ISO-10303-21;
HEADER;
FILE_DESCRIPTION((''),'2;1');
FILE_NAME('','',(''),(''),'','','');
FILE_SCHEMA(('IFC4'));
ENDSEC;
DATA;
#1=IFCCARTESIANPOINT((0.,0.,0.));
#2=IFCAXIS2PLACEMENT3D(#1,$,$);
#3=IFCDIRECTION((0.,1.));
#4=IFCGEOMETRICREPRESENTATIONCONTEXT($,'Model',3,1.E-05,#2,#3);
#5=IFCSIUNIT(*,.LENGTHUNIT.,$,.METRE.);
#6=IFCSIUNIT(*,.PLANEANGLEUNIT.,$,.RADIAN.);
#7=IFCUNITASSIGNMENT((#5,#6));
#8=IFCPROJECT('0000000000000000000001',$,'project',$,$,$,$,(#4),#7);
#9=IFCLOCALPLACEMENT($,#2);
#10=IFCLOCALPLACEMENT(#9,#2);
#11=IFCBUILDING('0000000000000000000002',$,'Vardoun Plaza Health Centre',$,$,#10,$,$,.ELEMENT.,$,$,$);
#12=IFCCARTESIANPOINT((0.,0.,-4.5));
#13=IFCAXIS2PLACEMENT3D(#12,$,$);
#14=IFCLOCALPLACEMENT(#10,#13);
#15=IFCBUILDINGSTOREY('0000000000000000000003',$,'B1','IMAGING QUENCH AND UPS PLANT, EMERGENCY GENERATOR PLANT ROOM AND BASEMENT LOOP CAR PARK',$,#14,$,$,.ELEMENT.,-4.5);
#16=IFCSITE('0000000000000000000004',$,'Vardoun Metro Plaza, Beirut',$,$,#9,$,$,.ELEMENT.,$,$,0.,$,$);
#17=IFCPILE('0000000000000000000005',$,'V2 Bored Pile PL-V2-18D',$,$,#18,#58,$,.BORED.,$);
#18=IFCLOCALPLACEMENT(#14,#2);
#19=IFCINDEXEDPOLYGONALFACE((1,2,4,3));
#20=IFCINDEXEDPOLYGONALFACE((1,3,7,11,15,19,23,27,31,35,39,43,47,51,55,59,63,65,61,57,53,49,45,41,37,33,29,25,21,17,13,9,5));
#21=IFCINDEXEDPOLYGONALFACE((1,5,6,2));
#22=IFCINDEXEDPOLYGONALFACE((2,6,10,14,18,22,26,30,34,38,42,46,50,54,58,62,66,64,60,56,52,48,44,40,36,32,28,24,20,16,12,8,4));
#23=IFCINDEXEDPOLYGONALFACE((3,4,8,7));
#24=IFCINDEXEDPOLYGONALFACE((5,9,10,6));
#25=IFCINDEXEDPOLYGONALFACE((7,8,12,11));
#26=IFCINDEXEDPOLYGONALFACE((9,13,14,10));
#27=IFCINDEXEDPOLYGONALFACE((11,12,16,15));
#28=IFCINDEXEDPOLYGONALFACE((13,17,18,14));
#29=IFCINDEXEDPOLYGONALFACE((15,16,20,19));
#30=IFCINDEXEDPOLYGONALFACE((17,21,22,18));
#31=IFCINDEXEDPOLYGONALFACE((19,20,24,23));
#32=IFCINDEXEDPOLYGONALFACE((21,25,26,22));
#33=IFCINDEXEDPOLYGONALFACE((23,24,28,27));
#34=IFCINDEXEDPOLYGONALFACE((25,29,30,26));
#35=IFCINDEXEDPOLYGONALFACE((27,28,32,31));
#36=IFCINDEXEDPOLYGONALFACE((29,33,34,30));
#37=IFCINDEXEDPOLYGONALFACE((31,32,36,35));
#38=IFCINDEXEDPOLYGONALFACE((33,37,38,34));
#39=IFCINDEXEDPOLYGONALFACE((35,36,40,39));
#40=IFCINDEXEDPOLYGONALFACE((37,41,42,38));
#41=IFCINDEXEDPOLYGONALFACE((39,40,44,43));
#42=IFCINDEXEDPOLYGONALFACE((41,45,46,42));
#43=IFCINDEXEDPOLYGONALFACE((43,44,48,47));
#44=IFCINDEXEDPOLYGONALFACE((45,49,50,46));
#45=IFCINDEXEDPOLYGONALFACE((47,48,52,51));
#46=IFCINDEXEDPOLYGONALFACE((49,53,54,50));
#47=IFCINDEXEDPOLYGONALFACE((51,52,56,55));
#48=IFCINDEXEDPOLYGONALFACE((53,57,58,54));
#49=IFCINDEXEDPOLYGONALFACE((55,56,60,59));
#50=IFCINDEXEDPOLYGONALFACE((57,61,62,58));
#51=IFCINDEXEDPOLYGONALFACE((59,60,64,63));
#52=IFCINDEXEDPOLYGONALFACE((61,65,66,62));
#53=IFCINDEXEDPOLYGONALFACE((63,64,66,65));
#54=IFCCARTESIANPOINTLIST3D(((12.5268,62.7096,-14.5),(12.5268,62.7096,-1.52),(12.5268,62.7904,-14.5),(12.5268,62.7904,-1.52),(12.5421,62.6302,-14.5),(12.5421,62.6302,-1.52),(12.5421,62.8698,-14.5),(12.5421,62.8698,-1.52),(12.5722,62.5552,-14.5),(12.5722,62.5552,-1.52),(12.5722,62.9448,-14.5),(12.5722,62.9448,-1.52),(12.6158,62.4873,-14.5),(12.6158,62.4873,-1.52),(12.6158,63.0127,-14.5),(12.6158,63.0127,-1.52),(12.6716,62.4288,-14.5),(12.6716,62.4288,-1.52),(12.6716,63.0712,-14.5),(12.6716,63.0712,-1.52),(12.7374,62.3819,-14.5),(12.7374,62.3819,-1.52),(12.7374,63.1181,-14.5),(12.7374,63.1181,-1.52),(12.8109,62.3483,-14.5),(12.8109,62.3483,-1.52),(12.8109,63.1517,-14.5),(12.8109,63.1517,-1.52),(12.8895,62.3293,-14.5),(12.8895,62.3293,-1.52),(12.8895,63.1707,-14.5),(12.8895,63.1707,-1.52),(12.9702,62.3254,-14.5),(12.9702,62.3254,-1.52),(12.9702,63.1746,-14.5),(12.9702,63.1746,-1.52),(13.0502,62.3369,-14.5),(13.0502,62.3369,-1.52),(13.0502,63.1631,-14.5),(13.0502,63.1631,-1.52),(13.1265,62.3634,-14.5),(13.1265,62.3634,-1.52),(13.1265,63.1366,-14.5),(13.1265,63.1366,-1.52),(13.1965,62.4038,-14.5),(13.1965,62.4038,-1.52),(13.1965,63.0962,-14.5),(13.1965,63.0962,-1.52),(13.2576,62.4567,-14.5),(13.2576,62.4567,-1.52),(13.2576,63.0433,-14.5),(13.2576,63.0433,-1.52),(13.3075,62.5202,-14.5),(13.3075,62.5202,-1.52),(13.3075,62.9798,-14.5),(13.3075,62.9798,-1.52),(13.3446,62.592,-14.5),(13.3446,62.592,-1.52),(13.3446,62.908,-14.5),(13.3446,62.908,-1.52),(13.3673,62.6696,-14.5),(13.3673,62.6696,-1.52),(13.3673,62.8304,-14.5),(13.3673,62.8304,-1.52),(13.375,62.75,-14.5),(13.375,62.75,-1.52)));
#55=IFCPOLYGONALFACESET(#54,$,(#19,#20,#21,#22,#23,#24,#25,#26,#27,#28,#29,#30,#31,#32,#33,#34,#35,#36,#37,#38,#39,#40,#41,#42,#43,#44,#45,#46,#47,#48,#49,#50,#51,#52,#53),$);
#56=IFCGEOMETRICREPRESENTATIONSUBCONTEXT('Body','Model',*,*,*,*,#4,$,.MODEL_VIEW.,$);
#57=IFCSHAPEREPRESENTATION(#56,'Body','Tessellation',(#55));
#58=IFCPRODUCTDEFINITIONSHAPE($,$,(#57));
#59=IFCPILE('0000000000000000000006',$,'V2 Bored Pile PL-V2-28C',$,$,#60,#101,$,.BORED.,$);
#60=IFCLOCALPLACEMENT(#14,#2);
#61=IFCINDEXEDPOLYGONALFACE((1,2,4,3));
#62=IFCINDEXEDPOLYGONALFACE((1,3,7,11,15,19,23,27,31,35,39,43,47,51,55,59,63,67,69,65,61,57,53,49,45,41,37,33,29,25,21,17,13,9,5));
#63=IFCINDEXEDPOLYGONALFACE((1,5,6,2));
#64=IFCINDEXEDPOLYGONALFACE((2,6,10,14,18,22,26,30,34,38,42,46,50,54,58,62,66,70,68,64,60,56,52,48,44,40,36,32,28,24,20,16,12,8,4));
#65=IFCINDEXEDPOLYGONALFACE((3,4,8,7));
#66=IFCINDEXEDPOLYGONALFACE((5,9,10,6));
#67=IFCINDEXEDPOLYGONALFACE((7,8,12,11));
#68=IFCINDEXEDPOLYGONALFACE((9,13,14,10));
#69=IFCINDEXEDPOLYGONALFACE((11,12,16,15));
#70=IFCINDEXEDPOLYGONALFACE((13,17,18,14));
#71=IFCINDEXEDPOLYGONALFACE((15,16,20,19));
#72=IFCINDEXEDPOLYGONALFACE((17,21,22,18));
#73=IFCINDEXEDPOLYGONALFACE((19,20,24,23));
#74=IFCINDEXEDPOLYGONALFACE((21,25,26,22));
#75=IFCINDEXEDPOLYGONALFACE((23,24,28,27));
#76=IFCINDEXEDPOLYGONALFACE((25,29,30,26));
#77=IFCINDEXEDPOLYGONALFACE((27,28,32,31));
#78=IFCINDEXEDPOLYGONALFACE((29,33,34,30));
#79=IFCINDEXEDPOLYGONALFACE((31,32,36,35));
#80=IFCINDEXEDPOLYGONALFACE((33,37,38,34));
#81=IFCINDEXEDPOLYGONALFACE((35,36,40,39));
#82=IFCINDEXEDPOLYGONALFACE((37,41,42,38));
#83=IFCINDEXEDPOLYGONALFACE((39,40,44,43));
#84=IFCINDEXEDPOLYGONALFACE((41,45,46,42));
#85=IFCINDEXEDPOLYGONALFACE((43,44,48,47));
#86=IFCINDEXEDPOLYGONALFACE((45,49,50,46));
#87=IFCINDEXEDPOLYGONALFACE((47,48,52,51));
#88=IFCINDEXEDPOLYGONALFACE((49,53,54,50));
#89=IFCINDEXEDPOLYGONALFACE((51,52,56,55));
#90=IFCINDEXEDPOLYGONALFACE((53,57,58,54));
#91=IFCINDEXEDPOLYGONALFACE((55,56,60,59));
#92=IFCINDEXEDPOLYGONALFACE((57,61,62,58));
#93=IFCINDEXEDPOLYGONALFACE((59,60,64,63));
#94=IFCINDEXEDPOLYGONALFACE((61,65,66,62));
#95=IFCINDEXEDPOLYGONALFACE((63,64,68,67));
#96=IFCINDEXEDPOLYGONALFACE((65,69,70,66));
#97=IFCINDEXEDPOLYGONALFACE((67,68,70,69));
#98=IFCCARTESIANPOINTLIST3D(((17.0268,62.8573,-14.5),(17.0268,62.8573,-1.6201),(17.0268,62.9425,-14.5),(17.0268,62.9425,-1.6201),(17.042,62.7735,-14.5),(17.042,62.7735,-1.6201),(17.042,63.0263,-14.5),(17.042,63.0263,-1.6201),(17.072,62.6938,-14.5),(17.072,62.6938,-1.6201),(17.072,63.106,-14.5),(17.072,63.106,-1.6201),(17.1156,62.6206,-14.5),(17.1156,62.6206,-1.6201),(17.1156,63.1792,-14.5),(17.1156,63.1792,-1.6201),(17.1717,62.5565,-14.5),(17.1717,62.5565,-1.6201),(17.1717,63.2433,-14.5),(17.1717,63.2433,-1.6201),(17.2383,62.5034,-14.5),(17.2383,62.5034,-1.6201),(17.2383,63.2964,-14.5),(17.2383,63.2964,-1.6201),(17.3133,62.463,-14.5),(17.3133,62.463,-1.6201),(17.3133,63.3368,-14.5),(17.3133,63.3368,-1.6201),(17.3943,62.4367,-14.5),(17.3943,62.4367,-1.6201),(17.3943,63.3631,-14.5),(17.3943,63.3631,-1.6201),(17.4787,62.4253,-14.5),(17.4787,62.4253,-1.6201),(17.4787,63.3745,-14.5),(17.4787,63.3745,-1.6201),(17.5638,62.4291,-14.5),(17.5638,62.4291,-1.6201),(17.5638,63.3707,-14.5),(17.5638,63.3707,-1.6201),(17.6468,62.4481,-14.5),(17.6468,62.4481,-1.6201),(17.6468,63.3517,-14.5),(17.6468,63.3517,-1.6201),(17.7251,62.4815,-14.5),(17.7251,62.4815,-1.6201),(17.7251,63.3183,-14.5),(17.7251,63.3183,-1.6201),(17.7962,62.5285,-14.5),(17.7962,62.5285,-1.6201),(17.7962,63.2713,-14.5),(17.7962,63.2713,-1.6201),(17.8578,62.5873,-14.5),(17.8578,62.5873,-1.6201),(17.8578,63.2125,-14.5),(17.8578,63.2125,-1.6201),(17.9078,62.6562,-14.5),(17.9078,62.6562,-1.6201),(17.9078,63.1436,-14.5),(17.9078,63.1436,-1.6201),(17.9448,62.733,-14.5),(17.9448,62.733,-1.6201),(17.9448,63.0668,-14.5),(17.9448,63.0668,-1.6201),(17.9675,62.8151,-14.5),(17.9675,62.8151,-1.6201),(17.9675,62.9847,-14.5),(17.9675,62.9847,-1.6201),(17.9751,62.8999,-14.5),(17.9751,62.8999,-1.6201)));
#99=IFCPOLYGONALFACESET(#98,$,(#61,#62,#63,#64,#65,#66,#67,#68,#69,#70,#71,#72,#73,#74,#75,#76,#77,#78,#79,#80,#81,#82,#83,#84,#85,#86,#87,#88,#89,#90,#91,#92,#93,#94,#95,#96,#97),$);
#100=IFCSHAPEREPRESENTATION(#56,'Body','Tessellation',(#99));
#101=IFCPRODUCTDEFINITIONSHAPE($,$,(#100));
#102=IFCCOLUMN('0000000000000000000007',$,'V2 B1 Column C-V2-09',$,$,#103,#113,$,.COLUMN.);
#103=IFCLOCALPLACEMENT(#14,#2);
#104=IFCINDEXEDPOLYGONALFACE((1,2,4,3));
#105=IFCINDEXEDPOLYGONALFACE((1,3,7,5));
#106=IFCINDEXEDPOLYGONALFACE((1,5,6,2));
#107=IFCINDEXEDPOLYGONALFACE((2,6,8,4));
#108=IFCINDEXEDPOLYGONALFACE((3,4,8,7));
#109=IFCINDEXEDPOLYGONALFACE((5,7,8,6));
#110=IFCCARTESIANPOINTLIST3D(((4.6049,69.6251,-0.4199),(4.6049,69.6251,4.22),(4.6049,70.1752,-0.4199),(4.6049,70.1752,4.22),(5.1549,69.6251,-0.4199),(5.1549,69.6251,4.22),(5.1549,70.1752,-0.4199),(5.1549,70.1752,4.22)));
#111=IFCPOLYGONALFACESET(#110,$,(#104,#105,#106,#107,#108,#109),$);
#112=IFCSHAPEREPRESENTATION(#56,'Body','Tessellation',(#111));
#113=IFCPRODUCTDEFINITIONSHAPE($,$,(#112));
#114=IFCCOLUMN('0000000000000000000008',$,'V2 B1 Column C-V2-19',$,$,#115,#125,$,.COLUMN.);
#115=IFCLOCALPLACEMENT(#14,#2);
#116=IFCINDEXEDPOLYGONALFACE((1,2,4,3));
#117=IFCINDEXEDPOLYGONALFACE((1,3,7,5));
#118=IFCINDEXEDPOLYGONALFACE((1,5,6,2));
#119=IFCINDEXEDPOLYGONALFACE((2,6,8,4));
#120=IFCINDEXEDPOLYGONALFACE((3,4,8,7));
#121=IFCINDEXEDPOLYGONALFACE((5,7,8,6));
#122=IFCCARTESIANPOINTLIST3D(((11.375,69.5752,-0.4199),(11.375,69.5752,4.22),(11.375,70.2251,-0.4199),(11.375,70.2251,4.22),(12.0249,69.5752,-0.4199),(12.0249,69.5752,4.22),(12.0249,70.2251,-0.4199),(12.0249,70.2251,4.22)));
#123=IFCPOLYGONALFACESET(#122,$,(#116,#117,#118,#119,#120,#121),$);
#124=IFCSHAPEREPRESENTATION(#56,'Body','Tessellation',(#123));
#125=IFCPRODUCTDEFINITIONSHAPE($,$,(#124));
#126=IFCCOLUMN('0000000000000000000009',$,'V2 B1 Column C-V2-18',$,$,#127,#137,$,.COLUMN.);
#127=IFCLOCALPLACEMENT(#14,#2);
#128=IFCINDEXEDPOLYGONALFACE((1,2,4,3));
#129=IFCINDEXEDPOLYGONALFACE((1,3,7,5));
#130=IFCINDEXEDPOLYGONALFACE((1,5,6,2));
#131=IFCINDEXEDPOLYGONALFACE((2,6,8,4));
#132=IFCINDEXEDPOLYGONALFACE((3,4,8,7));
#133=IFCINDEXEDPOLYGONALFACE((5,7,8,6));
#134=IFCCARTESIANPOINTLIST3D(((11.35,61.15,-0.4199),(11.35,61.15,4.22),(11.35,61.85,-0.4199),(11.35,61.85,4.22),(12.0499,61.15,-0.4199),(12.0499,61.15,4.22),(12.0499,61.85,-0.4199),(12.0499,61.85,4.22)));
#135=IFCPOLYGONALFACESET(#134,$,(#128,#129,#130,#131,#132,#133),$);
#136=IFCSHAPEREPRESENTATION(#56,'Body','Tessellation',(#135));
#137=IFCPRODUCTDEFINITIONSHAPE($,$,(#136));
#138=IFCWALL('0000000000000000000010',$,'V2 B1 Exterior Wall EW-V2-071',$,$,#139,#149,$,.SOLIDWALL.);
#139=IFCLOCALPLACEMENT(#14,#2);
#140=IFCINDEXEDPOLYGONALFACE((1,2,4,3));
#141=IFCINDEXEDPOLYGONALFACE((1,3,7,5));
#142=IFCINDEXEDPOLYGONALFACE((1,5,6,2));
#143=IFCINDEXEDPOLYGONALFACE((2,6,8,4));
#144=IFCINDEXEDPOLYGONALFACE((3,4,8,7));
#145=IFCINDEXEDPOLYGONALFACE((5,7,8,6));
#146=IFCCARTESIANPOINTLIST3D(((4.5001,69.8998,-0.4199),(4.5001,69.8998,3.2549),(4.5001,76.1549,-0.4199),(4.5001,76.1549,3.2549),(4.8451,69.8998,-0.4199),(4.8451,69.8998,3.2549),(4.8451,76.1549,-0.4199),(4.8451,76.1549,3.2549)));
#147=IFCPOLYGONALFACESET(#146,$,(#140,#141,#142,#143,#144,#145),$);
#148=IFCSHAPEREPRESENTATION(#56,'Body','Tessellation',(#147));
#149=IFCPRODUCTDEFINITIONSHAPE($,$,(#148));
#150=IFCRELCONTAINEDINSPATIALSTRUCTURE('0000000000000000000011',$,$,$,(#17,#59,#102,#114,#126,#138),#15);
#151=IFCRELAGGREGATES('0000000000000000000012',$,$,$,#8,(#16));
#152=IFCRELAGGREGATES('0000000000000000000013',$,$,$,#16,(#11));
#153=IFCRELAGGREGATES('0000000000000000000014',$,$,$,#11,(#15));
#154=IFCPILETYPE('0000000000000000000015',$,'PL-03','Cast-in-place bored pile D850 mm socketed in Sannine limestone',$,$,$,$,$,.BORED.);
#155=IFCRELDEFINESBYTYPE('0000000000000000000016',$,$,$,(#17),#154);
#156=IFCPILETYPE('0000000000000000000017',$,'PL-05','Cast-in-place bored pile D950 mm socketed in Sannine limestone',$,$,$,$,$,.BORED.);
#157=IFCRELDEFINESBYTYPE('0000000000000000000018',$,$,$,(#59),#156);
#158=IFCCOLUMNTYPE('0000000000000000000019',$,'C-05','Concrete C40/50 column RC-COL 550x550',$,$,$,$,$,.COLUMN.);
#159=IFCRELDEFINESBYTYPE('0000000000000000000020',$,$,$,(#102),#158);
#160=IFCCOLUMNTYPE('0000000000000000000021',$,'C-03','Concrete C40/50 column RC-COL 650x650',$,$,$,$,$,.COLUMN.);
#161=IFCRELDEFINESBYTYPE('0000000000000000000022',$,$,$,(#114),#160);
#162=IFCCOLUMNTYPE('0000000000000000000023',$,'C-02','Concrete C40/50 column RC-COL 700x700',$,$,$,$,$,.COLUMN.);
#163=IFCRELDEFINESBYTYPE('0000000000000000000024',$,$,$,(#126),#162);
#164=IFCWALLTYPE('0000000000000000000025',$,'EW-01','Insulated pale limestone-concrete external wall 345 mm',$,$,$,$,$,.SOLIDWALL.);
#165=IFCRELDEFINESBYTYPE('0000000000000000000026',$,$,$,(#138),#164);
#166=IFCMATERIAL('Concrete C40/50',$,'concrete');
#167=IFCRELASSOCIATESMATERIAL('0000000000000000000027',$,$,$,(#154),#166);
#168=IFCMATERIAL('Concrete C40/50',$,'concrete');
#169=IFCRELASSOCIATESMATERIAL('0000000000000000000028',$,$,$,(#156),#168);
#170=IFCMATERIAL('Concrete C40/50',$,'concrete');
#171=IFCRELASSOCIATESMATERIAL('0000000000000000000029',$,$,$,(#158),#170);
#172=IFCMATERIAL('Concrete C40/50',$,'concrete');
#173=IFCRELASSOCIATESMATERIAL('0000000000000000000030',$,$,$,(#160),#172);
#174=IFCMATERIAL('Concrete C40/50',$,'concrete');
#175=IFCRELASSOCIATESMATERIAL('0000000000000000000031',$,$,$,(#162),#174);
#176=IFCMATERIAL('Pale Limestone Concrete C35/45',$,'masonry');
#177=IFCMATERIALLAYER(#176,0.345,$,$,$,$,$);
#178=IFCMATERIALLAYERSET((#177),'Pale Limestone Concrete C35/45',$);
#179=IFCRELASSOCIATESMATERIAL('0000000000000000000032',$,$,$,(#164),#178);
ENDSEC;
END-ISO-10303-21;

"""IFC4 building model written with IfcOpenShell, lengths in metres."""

from ifc_helpers import new_model, si_unit, direction, frame, frame_2d, origin, origin_2d, place, context, subcontext, project, spatial, rectangle, circle, extrude, material, layer, layer_set, material_profile, profile_set, type_object, element, save


model = new_model("IFC4")

# Units and contexts
model_context = context("Model", 3, precision=1e-05, world=origin(), true_north=direction((0.0, 1.0)))
body_context = subcontext(model_context, "Body", "Model", "MODEL_VIEW")
ifc_project = project(units=[si_unit("LENGTHUNIT", "METRE"), si_unit("PLANEANGLEUNIT", "RADIAN")], contexts=[model_context])

# Site, building, storey
site_placement = place(None, origin())
site = spatial("IfcSite", under=ifc_project, at=site_placement, Name="Vardoun Metro Plaza, Beirut", CompositionType="ELEMENT", RefElevation=0.0)
building_placement = place(site_placement, origin())
building = spatial("IfcBuilding", under=site, at=building_placement, Name="Vardoun Plaza Health Centre", CompositionType="ELEMENT")
storey_placement = place(building_placement, frame((0.0, 0.0, -4.5)))
storey = spatial("IfcBuildingStorey", under=building, at=storey_placement, Name="B1", Description="IMAGING QUENCH AND UPS PLANT, EMERGENCY GENERATOR PLANT ROOM AND BASEMENT LOOP CAR PARK", CompositionType="ELEMENT", Elevation=-4.5)

# Piles
ifc_material_1 = material(Name="Concrete C40/50", Category="concrete")
ifc_material_profile_1 = material_profile(ifc_material_1, circle(Radius=0.425, at=origin_2d()), Name="PILE D850")
ifc_profile_set_1 = profile_set([ifc_material_profile_1], Name="Concrete C40/50")
pile_type_1 = type_object("IfcPileType", Name="PL-03", Description="Cast-in-place bored pile D850 mm socketed in Sannine limestone", PredefinedType="BORED", material=ifc_profile_set_1)
for number, where, z_axis, x_axis, name in (
    (1, (12.95, 62.75, -1.52), (0.0, 0.0, -1.0), (1.0, 0.0, 0.0), "V2 Bored Pile PL-V2-18D"),
):
    element("IfcPile", number, at=place(storey_placement, frame(where, z_axis=z_axis, x_axis=x_axis)), inside=storey, type_object=pile_type_1, Name=name, PredefinedType="BORED", context=body_context, shape_type="SweptSolid", body=[
        extrude(circle(Radius=0.425, at=origin_2d()), origin(), (0.0, 0.0, 1.0), 12.98),
    ])
ifc_material_2 = material(Name="Concrete C40/50", Category="concrete")
ifc_material_profile_2 = material_profile(ifc_material_2, circle(Radius=0.4751, at=origin_2d()), Name="PILE D950")
ifc_profile_set_2 = profile_set([ifc_material_profile_2], Name="Concrete C40/50")
pile_type_2 = type_object("IfcPileType", Name="PL-05", Description="Cast-in-place bored pile D950 mm socketed in Sannine limestone", PredefinedType="BORED", material=ifc_profile_set_2)
pile_1_placement = place(storey_placement, frame((17.5, 62.8999, -1.6201), z_axis=(0.0, 0.0, -1.0), x_axis=(1.0, 0.0, 0.0)))
element("IfcPile", 2, at=pile_1_placement, inside=storey, type_object=pile_type_2, Name="V2 Bored Pile PL-V2-28C", PredefinedType="BORED", context=body_context, shape_type="SweptSolid", body=[
    extrude(circle(Radius=0.4751, at=origin_2d()), origin(), (0.0, 0.0, 1.0), 12.8799),
])

# Columns
ifc_material_3 = material(Name="Concrete C40/50", Category="concrete")
ifc_material_profile_3 = material_profile(ifc_material_3, rectangle(XDim=0.55, YDim=0.55, at=origin_2d()), Name="RC-COL 550x550")
ifc_profile_set_3 = profile_set([ifc_material_profile_3], Name="Concrete C40/50")
column_type_1 = type_object("IfcColumnType", Name="C-05", Description="Concrete C40/50 column RC-COL 550x550", PredefinedType="COLUMN", material=ifc_profile_set_3)
column_1_placement = place(storey_placement, frame((4.8799, 69.9001, -0.4199), z_axis=(0.0, 0.0, 1.0), x_axis=(1.0, 0.0, 0.0)))
element("IfcColumn", 3, at=column_1_placement, inside=storey, type_object=column_type_1, Name="V2 B1 Column C-V2-09", PredefinedType="COLUMN", context=body_context, shape_type="SweptSolid", body=[
    extrude(rectangle(XDim=0.55, YDim=0.55, at=origin_2d()), origin(), (0.0, 0.0, 1.0), 4.6399),
])
ifc_material_4 = material(Name="Concrete C40/50", Category="concrete")
ifc_material_profile_4 = material_profile(ifc_material_4, rectangle(XDim=0.6499, YDim=0.6499, at=origin_2d()), Name="RC-COL 650x650")
ifc_profile_set_4 = profile_set([ifc_material_profile_4], Name="Concrete C40/50")
column_type_2 = type_object("IfcColumnType", Name="C-03", Description="Concrete C40/50 column RC-COL 650x650", PredefinedType="COLUMN", material=ifc_profile_set_4)
column_2_placement = place(storey_placement, frame((11.7, 69.9001, -0.4199), z_axis=(0.0, 0.0, 1.0), x_axis=(1.0, 0.0, 0.0)))
element("IfcColumn", 4, at=column_2_placement, inside=storey, type_object=column_type_2, Name="V2 B1 Column C-V2-19", PredefinedType="COLUMN", context=body_context, shape_type="SweptSolid", body=[
    extrude(rectangle(XDim=0.6499, YDim=0.6499, at=origin_2d()), origin(), (0.0, 0.0, 1.0), 4.6399),
])
ifc_material_5 = material(Name="Concrete C40/50", Category="concrete")
ifc_material_profile_5 = material_profile(ifc_material_5, rectangle(XDim=0.7, YDim=0.7, at=origin_2d()), Name="RC-COL 700x700")
ifc_profile_set_5 = profile_set([ifc_material_profile_5], Name="Concrete C40/50")
column_type_3 = type_object("IfcColumnType", Name="C-02", Description="Concrete C40/50 column RC-COL 700x700", PredefinedType="COLUMN", material=ifc_profile_set_5)
column_3_placement = place(storey_placement, frame((11.7, 61.5, -0.4199), z_axis=(0.0, 0.0, 1.0), x_axis=(1.0, 0.0, 0.0)))
element("IfcColumn", 5, at=column_3_placement, inside=storey, type_object=column_type_3, Name="V2 B1 Column C-V2-18", PredefinedType="COLUMN", context=body_context, shape_type="SweptSolid", body=[
    extrude(rectangle(XDim=0.7, YDim=0.7, at=origin_2d()), origin(), (0.0, 0.0, 1.0), 4.6399),
])

# Wall
ifc_material_6 = material(Name="Pale Limestone Concrete C35/45", Category="masonry")
ifc_layer = layer(ifc_material_6, 0.345)
ifc_layer_set = layer_set([ifc_layer], Name="Pale Limestone Concrete C35/45")
wall_type = type_object("IfcWallType", Name="EW-01", Description="Insulated pale limestone-concrete external wall 345 mm", PredefinedType="SOLIDWALL", material=ifc_layer_set)
wall_placement = place(storey_placement, frame((4.6726, 69.8999, -0.4199), z_axis=(0.0, 0.0, 1.0), x_axis=(0.0, 1.0, 0.0)))
element("IfcWall", 6, at=wall_placement, inside=storey, type_object=wall_type, Name="V2 B1 Exterior Wall EW-V2-071", PredefinedType="SOLIDWALL", context=body_context, shape_type="SweptSolid", body=[
    extrude(rectangle(XDim=6.2551, YDim=0.345, at=frame_2d((3.1274, 0.0))), origin(), (0.0, 0.0, 1.0), 3.6748),
])

save(model, "model.ifc")
